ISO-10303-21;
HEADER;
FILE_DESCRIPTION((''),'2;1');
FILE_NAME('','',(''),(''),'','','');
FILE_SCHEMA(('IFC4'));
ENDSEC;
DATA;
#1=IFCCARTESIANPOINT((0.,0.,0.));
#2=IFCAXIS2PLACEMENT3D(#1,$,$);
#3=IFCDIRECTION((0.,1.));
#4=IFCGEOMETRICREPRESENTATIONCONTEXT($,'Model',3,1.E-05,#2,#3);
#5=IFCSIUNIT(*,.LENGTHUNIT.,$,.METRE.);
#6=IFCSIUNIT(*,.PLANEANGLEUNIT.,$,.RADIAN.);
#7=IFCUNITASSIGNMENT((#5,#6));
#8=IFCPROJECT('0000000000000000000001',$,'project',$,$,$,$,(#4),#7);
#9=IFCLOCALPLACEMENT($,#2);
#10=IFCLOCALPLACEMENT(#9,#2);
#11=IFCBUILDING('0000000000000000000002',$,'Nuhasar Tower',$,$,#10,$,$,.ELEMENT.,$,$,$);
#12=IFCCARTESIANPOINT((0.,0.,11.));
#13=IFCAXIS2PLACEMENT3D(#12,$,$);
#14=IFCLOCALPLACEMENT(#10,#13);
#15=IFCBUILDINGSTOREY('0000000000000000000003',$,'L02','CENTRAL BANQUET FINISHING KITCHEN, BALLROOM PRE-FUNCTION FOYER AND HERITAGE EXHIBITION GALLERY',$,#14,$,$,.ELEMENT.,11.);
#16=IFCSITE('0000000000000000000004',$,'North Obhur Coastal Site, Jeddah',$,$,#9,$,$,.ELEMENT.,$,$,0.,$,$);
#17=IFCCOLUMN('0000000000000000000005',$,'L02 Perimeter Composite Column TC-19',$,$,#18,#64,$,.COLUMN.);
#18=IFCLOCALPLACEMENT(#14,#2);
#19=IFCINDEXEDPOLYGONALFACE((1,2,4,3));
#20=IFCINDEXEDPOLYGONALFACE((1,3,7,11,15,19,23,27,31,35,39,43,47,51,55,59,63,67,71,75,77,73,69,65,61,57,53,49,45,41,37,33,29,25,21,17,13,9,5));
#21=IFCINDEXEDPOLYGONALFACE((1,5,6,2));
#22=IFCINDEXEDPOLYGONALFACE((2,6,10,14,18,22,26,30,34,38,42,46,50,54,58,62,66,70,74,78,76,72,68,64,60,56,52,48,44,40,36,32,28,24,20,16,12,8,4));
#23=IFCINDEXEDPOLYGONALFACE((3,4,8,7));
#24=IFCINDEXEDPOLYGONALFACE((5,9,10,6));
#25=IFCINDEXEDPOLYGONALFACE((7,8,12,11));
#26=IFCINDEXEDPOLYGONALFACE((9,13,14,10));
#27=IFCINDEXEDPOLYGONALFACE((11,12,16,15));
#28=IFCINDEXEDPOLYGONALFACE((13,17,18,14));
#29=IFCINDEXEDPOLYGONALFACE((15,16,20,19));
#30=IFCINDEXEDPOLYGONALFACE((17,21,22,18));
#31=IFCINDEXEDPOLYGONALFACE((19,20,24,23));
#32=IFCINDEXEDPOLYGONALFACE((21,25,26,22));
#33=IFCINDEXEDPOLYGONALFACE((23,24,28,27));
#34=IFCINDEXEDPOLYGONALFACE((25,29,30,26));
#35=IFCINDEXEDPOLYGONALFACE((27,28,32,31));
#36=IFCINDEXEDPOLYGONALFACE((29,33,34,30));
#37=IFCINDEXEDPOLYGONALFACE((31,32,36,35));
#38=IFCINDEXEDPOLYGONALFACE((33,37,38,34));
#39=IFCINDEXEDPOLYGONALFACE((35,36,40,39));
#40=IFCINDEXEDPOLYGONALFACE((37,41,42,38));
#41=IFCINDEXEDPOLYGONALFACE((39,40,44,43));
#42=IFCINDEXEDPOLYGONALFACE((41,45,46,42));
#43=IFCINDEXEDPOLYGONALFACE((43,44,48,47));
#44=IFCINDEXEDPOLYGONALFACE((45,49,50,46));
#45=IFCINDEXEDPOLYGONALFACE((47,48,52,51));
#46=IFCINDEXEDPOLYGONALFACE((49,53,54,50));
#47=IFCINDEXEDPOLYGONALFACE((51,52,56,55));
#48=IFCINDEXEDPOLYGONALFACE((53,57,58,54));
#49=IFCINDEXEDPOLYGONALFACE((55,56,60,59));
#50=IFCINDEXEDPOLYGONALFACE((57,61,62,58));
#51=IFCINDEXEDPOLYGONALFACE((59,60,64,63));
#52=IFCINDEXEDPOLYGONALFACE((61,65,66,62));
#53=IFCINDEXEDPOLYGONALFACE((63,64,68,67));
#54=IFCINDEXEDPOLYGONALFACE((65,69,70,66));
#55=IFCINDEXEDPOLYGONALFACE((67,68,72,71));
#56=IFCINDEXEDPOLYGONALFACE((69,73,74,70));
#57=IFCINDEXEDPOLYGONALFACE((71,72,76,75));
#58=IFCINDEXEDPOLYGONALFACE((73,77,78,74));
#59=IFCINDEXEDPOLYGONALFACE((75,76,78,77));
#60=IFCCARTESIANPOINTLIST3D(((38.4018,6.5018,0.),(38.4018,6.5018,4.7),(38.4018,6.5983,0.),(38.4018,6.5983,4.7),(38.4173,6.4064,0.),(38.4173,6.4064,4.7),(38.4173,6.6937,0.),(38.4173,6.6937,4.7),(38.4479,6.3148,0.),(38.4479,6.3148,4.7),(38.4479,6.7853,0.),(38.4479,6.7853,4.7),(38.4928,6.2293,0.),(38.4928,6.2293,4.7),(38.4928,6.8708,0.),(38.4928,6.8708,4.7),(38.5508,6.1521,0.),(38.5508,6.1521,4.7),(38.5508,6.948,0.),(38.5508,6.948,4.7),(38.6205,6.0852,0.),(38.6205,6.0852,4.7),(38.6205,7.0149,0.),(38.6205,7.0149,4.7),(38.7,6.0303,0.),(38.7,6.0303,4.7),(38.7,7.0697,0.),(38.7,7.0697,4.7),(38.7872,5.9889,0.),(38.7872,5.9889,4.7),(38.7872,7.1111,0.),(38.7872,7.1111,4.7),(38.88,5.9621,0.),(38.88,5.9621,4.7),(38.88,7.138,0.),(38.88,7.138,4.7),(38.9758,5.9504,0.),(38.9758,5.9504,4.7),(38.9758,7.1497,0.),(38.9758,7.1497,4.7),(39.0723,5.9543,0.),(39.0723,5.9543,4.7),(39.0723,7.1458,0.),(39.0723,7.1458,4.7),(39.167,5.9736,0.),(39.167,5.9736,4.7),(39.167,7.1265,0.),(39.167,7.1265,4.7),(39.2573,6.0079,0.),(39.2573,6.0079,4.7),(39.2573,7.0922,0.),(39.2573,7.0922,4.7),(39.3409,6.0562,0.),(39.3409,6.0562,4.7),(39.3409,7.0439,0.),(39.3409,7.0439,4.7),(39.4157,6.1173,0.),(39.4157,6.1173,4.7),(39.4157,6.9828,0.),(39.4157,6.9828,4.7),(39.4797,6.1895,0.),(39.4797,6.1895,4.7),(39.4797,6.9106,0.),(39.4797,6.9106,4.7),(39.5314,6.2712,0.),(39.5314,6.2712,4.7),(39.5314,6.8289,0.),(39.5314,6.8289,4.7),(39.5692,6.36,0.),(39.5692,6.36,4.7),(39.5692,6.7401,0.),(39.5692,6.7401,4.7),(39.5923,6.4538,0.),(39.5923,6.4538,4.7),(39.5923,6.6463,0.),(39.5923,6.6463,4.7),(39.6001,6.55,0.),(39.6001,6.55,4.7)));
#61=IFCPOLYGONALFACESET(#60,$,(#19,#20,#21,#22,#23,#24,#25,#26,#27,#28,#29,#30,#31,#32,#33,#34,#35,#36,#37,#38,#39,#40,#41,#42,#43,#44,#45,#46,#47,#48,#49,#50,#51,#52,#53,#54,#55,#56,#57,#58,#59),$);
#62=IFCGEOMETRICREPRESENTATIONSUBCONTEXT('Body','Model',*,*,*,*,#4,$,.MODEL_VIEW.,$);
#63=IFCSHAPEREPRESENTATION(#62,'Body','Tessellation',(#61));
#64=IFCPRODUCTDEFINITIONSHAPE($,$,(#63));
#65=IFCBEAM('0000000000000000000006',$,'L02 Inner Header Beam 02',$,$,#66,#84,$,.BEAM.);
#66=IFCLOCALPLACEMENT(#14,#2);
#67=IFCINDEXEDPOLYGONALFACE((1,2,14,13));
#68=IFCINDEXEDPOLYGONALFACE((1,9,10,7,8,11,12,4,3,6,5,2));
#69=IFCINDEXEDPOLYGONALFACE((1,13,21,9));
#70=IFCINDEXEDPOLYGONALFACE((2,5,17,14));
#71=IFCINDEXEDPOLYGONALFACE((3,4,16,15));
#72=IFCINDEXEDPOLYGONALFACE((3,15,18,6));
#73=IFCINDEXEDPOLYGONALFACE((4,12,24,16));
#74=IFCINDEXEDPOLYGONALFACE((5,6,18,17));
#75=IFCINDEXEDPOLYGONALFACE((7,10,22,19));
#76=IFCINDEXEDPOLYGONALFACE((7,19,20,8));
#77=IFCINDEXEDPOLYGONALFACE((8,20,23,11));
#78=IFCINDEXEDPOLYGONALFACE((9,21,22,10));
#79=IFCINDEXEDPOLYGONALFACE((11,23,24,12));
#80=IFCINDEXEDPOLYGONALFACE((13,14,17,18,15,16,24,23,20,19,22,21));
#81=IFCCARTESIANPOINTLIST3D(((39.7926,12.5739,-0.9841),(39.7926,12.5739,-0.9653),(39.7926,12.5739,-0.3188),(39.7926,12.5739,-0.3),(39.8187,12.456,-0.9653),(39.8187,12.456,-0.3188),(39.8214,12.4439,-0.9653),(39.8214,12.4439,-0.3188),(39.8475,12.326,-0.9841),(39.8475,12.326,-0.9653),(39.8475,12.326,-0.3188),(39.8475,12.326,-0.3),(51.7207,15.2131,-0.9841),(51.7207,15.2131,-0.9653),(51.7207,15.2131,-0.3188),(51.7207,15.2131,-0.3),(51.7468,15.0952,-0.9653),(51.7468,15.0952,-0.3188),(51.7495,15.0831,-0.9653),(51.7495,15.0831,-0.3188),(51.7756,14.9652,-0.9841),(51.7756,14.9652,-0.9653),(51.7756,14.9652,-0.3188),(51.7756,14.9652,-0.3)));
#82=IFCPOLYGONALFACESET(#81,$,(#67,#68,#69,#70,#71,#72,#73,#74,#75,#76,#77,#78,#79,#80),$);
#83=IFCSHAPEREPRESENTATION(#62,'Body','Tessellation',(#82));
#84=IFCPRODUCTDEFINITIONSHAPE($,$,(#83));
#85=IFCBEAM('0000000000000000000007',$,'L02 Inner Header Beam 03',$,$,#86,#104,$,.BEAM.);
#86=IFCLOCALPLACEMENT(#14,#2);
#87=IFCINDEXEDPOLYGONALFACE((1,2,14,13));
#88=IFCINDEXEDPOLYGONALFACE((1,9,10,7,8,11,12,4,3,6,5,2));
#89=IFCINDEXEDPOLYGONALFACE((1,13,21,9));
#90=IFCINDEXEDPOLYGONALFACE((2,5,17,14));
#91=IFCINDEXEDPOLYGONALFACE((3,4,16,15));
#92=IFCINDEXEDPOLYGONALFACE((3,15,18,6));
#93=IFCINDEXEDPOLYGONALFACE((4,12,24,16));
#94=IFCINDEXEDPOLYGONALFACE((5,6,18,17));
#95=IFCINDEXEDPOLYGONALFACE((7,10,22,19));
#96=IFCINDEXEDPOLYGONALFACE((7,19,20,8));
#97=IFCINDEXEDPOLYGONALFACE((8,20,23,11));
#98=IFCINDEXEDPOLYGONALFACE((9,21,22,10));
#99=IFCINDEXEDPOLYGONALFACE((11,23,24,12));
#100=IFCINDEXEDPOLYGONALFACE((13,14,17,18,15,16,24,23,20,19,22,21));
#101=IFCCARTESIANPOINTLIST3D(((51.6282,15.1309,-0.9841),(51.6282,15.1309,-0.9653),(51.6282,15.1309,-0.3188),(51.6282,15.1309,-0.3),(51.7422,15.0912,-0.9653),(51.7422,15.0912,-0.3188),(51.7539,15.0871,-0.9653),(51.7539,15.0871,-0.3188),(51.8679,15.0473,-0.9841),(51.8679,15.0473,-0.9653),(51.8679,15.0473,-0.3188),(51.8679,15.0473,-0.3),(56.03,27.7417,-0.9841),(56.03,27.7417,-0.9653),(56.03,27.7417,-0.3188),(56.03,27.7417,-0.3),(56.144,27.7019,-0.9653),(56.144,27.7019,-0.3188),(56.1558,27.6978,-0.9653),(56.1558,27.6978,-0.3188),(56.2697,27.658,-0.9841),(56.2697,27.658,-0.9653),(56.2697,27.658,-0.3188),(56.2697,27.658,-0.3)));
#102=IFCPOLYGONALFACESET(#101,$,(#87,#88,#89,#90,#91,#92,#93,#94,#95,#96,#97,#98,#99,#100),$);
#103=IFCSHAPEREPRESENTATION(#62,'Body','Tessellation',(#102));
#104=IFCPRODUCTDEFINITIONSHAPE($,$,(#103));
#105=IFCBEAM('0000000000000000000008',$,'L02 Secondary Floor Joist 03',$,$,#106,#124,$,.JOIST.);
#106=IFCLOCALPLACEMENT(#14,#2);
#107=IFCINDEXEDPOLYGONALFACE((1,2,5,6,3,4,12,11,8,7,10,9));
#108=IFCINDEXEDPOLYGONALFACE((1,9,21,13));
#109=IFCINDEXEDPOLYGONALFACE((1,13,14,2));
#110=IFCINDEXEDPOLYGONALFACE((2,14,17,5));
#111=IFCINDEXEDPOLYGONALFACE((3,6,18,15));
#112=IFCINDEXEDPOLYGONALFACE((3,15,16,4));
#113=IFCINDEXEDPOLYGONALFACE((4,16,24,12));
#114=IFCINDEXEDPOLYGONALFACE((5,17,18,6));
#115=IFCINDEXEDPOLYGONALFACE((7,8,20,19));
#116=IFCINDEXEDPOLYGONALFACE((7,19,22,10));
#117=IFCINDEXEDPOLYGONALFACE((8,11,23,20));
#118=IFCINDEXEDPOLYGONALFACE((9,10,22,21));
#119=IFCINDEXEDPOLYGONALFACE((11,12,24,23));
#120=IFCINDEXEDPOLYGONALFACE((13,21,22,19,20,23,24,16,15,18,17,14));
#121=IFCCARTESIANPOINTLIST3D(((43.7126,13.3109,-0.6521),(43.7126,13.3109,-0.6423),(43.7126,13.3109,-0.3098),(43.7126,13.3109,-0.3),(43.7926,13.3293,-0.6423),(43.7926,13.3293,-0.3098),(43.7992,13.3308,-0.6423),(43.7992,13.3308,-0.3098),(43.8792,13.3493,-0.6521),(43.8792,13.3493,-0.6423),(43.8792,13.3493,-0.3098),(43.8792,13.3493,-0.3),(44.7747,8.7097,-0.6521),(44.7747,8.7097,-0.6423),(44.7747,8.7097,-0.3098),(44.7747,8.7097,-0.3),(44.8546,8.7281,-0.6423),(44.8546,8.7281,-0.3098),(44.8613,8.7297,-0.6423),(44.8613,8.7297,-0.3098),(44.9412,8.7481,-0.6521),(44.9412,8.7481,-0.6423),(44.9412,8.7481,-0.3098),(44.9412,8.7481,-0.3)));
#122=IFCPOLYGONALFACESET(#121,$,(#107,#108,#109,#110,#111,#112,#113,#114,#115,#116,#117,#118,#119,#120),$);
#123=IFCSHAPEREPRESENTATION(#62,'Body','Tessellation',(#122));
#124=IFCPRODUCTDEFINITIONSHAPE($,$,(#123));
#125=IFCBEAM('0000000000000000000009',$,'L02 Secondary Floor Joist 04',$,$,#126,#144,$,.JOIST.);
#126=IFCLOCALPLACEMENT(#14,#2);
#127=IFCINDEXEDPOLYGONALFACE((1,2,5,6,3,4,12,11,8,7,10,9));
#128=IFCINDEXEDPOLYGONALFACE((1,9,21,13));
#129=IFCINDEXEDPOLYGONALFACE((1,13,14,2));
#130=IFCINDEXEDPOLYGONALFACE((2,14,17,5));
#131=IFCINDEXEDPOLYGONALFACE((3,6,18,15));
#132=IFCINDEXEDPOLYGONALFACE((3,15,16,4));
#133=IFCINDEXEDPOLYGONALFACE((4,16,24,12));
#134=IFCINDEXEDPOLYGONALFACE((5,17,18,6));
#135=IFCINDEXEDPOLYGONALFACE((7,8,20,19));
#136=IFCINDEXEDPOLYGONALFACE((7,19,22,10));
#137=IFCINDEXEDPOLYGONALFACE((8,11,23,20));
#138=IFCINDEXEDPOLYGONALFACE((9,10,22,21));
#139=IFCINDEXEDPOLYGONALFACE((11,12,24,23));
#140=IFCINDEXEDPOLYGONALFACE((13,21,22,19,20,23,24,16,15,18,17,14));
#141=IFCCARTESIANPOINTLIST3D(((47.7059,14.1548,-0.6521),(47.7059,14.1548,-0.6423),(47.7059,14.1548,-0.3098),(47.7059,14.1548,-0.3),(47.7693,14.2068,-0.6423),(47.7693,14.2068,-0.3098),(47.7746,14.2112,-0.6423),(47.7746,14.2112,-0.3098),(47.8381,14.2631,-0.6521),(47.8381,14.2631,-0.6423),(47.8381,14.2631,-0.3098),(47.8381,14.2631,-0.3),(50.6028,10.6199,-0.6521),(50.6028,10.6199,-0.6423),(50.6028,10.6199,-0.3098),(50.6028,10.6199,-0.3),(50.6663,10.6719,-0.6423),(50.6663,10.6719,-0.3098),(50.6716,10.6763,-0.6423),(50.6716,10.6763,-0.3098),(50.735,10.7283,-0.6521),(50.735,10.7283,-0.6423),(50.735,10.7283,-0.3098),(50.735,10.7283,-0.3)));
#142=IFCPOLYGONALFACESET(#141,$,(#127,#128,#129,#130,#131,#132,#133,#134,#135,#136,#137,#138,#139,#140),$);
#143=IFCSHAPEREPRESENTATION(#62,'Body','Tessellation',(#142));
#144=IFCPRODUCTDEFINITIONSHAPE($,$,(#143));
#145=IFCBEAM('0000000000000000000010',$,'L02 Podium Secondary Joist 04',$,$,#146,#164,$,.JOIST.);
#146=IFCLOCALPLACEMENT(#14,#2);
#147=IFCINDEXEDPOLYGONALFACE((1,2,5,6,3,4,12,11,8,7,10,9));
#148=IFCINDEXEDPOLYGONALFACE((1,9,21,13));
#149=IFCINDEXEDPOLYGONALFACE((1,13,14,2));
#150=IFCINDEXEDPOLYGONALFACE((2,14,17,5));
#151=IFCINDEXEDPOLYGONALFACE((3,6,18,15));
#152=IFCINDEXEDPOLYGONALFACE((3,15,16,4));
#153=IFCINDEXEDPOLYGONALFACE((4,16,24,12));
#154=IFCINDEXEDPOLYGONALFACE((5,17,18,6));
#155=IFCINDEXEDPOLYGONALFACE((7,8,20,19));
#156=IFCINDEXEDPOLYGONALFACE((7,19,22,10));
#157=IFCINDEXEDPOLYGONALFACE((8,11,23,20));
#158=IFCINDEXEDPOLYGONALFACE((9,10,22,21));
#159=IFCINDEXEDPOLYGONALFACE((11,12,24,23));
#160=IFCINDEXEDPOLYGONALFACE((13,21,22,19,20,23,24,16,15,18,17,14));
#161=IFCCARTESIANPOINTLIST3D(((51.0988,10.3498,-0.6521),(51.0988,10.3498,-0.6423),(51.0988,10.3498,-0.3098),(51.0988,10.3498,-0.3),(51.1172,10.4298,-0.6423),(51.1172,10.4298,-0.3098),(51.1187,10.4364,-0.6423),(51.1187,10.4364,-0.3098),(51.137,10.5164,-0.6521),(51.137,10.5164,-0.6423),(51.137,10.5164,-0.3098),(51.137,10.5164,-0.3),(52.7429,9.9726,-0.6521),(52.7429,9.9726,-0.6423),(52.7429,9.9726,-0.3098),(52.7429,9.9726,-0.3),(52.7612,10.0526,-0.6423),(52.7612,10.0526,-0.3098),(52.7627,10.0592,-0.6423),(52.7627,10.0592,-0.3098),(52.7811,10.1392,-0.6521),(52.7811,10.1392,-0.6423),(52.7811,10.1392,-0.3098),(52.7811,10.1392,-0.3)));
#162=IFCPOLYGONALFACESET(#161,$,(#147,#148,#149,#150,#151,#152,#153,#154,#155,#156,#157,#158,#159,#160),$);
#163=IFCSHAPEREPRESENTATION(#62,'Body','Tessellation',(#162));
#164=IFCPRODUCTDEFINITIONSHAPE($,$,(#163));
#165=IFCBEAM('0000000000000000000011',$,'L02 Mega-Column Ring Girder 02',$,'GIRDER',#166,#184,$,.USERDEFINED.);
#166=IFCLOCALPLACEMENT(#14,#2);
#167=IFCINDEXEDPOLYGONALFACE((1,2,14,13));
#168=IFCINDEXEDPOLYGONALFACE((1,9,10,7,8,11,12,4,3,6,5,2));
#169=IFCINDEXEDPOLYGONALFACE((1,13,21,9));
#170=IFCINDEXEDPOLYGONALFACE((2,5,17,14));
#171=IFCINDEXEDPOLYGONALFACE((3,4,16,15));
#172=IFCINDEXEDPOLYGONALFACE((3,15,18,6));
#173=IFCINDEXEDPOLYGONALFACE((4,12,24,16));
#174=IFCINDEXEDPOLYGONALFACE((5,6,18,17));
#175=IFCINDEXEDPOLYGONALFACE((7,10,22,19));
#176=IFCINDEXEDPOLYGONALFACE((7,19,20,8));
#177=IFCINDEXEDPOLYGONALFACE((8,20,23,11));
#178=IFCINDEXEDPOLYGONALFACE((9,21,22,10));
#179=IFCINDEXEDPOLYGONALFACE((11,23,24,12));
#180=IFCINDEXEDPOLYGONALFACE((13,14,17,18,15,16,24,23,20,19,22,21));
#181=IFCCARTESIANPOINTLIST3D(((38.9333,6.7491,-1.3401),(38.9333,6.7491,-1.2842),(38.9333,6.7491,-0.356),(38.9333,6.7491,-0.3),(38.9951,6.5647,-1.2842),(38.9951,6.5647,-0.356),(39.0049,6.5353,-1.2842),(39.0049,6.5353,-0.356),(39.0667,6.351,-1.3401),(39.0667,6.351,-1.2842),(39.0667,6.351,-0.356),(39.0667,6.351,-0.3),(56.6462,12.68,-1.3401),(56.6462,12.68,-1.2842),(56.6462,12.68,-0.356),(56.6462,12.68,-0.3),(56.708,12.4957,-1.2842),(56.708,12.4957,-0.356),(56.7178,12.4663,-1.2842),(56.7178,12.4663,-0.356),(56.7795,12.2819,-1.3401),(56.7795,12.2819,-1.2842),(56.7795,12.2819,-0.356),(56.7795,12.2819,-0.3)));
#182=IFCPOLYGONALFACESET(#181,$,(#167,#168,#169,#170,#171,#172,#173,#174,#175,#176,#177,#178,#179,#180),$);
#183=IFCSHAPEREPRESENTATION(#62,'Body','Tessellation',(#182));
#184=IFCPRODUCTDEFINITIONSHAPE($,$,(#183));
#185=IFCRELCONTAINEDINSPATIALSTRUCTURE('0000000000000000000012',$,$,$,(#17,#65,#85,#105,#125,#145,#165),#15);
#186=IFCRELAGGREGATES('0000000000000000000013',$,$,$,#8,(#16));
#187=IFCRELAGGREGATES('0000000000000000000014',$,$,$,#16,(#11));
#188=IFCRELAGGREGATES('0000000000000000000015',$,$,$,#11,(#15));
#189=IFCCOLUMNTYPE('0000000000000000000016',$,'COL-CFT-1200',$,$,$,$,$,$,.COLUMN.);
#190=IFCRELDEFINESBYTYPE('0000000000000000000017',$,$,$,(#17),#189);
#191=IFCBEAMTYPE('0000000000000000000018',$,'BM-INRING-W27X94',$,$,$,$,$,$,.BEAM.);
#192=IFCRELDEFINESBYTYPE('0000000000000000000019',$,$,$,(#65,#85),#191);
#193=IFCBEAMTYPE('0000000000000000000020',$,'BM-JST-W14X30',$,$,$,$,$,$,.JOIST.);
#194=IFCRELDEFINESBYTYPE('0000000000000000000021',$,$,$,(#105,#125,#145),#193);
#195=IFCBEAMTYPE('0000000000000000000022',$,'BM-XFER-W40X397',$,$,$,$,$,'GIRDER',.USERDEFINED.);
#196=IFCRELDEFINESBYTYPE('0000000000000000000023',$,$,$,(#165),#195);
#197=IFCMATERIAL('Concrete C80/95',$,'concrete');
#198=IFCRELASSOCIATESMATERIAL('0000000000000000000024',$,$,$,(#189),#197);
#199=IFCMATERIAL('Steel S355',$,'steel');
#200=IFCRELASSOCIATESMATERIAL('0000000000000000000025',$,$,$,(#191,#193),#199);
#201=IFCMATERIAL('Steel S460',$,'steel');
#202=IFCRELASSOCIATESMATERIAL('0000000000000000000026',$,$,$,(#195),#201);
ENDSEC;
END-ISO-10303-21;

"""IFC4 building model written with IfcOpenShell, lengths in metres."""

from ifc_helpers import new_model, si_unit, direction, frame, origin, origin_2d, place, context, subcontext, project, spatial, circle, i_section, extrude, material, material_profile, profile_set, type_object, element, save


model = new_model("IFC4")

# Units and contexts
model_context = context("Model", 3, precision=1e-05, world=origin(), true_north=direction((0.0, 1.0)))
body_context = subcontext(model_context, "Body", "Model", "MODEL_VIEW")
ifc_project = project(units=[si_unit("LENGTHUNIT", "METRE"), si_unit("PLANEANGLEUNIT", "RADIAN")], contexts=[model_context])

# Site, building, storey
site_placement = place(None, origin())
site = spatial("IfcSite", under=ifc_project, at=site_placement, Name="North Obhur Coastal Site, Jeddah", CompositionType="ELEMENT", RefElevation=0.0)
building_placement = place(site_placement, origin())
building = spatial("IfcBuilding", under=site, at=building_placement, Name="Nuhasar Tower", CompositionType="ELEMENT")
storey_placement = place(building_placement, frame((0.0, 0.0, 11.0)))
storey = spatial("IfcBuildingStorey", under=building, at=storey_placement, Name="L02", Description="CENTRAL BANQUET FINISHING KITCHEN, BALLROOM PRE-FUNCTION FOYER AND HERITAGE EXHIBITION GALLERY", CompositionType="ELEMENT", Elevation=11.0)

# Column
ifc_material_1 = material(Name="Concrete C80/95", Category="concrete")
ifc_material_profile_1 = material_profile(ifc_material_1, circle(Radius=0.6001, at=origin_2d()), Name="CFT1200")
ifc_profile_set_1 = profile_set([ifc_material_profile_1], Name="Concrete C80/95")
column_type = type_object("IfcColumnType", Name="COL-CFT-1200", PredefinedType="COLUMN", material=ifc_profile_set_1)
column_placement = place(storey_placement, frame((39.0, 6.55, 0.0), z_axis=(0.0, 0.0, 1.0), x_axis=(1.0, 0.0, 0.0)))
element("IfcColumn", 1, at=column_placement, inside=storey, type_object=column_type, Name="L02 Perimeter Composite Column TC-19", PredefinedType="COLUMN", context=body_context, shape_type="SweptSolid", body=[
    extrude(circle(Radius=0.6001, at=origin_2d()), origin(), (0.0, 0.0, 1.0), 4.7),
])

# Beams
ifc_material_2 = material(Name="Steel S355", Category="steel")
ifc_material_profile_2 = material_profile(ifc_material_2, i_section(OverallWidth=0.2539, OverallDepth=0.6841, WebThickness=0.0125, FlangeThickness=0.0188, at=origin_2d()), Name="W27X94")
ifc_profile_set_2 = profile_set([ifc_material_profile_2], Name="Steel S355")
beam_type_1 = type_object("IfcBeamType", Name="BM-INRING-W27X94", PredefinedType="BEAM", material=ifc_profile_set_2)
beam_1_placement = place(storey_placement, frame((39.8201, 12.45, -0.6421), z_axis=(0.976386, 0.216033, 0.0), x_axis=(-0.216033, 0.976386, 0.0)))
element("IfcBeam", 2, at=beam_1_placement, inside=storey, type_object=beam_type_1, Name="L02 Inner Header Beam 02", PredefinedType="BEAM", context=body_context, shape_type="SweptSolid", body=[
    extrude(i_section(OverallWidth=0.2539, OverallDepth=0.6841, WebThickness=0.0125, FlangeThickness=0.0188, at=origin_2d()), origin(), (0.0, 0.0, 1.0), 12.2166),
])
beam_2_placement = place(storey_placement, frame((51.748, 15.0891, -0.6421), z_axis=(0.329554, 0.944137, 0.0), x_axis=(-0.944137, 0.329554, 0.0)))
element("IfcBeam", 3, at=beam_2_placement, inside=storey, type_object=beam_type_1, Name="L02 Inner Header Beam 03", PredefinedType="BEAM", context=body_context, shape_type="SweptSolid", body=[
    extrude(i_section(OverallWidth=0.2539, OverallDepth=0.6841, WebThickness=0.0125, FlangeThickness=0.0188, at=origin_2d()), origin(), (0.0, 0.0, 1.0), 13.3569),
])
ifc_material_profile_3 = material_profile(ifc_material_2, i_section(OverallWidth=0.1709, OverallDepth=0.3521, WebThickness=0.0068, FlangeThickness=0.0098, at=origin_2d()), Name="W14X30")
ifc_profile_set_3 = profile_set([ifc_material_profile_3], Name="Steel S355")
beam_type_2 = type_object("IfcBeamType", Name="BM-JST-W14X30", PredefinedType="JOIST", material=ifc_profile_set_3)
beam_3_placement = place(storey_placement, frame((43.7959, 13.3301, -0.4761), z_axis=(0.224905, -0.974381, 0.0), x_axis=(0.974381, 0.224905, 0.0)))
element("IfcBeam", 4, at=beam_3_placement, inside=storey, type_object=beam_type_2, Name="L02 Secondary Floor Joist 03", PredefinedType="JOIST", context=body_context, shape_type="SweptSolid", body=[
    extrude(i_section(OverallWidth=0.1709, OverallDepth=0.3521, WebThickness=0.0068, FlangeThickness=0.0098, at=origin_2d()), origin(), (0.0, 0.0, 1.0), 4.7222),
])
beam_4_placement = place(storey_placement, frame((47.772, 14.209, -0.4761), z_axis=(0.633863, -0.773445, 0.0), x_axis=(0.773445, 0.633863, 0.0)))
element("IfcBeam", 5, at=beam_4_placement, inside=storey, type_object=beam_type_2, Name="L02 Secondary Floor Joist 04", PredefinedType="JOIST", context=body_context, shape_type="SweptSolid", body=[
    extrude(i_section(OverallWidth=0.1709, OverallDepth=0.3521, WebThickness=0.0068, FlangeThickness=0.0098, at=origin_2d()), origin(), (0.0, 0.0, 1.0), 4.5703),
])
beam_5_placement = place(storey_placement, frame((51.1179, 10.4331, -0.4761), z_axis=(0.974676, -0.223623, 0.0), x_axis=(0.223623, 0.974676, 0.0)))
element("IfcBeam", 6, at=beam_5_placement, inside=storey, type_object=beam_type_2, Name="L02 Podium Secondary Joist 04", PredefinedType="JOIST", context=body_context, shape_type="SweptSolid", body=[
    extrude(i_section(OverallWidth=0.1709, OverallDepth=0.3521, WebThickness=0.0068, FlangeThickness=0.0098, at=origin_2d()), origin(), (0.0, 0.0, 1.0), 1.6868),
])
ifc_material_3 = material(Name="Steel S460", Category="steel")
ifc_material_profile_4 = material_profile(ifc_material_3, i_section(OverallWidth=0.4199, OverallDepth=1.04, WebThickness=0.031, FlangeThickness=0.0559, at=origin_2d()), Name="W40X397")
ifc_profile_set_4 = profile_set([ifc_material_profile_4], Name="Steel S460")
beam_type_3 = type_object("IfcBeamType", Name="BM-XFER-W40X397", ElementType="GIRDER", PredefinedType="USERDEFINED", material=ifc_profile_set_4)
beam_6_placement = place(storey_placement, frame((39.0, 6.55, -0.8201), z_axis=(0.948255, 0.31751, 0.0), x_axis=(-0.31751, 0.948255, 0.0)))
element("IfcBeam", 7, at=beam_6_placement, inside=storey, type_object=beam_type_3, Name="L02 Mega-Column Ring Girder 02", ObjectType="GIRDER", PredefinedType="USERDEFINED", context=body_context, shape_type="SweptSolid", body=[
    extrude(i_section(OverallWidth=0.4199, OverallDepth=1.04, WebThickness=0.031, FlangeThickness=0.0559, at=origin_2d()), origin(), (0.0, 0.0, 1.0), 18.6794),
])

save(model, "model.ifc")
